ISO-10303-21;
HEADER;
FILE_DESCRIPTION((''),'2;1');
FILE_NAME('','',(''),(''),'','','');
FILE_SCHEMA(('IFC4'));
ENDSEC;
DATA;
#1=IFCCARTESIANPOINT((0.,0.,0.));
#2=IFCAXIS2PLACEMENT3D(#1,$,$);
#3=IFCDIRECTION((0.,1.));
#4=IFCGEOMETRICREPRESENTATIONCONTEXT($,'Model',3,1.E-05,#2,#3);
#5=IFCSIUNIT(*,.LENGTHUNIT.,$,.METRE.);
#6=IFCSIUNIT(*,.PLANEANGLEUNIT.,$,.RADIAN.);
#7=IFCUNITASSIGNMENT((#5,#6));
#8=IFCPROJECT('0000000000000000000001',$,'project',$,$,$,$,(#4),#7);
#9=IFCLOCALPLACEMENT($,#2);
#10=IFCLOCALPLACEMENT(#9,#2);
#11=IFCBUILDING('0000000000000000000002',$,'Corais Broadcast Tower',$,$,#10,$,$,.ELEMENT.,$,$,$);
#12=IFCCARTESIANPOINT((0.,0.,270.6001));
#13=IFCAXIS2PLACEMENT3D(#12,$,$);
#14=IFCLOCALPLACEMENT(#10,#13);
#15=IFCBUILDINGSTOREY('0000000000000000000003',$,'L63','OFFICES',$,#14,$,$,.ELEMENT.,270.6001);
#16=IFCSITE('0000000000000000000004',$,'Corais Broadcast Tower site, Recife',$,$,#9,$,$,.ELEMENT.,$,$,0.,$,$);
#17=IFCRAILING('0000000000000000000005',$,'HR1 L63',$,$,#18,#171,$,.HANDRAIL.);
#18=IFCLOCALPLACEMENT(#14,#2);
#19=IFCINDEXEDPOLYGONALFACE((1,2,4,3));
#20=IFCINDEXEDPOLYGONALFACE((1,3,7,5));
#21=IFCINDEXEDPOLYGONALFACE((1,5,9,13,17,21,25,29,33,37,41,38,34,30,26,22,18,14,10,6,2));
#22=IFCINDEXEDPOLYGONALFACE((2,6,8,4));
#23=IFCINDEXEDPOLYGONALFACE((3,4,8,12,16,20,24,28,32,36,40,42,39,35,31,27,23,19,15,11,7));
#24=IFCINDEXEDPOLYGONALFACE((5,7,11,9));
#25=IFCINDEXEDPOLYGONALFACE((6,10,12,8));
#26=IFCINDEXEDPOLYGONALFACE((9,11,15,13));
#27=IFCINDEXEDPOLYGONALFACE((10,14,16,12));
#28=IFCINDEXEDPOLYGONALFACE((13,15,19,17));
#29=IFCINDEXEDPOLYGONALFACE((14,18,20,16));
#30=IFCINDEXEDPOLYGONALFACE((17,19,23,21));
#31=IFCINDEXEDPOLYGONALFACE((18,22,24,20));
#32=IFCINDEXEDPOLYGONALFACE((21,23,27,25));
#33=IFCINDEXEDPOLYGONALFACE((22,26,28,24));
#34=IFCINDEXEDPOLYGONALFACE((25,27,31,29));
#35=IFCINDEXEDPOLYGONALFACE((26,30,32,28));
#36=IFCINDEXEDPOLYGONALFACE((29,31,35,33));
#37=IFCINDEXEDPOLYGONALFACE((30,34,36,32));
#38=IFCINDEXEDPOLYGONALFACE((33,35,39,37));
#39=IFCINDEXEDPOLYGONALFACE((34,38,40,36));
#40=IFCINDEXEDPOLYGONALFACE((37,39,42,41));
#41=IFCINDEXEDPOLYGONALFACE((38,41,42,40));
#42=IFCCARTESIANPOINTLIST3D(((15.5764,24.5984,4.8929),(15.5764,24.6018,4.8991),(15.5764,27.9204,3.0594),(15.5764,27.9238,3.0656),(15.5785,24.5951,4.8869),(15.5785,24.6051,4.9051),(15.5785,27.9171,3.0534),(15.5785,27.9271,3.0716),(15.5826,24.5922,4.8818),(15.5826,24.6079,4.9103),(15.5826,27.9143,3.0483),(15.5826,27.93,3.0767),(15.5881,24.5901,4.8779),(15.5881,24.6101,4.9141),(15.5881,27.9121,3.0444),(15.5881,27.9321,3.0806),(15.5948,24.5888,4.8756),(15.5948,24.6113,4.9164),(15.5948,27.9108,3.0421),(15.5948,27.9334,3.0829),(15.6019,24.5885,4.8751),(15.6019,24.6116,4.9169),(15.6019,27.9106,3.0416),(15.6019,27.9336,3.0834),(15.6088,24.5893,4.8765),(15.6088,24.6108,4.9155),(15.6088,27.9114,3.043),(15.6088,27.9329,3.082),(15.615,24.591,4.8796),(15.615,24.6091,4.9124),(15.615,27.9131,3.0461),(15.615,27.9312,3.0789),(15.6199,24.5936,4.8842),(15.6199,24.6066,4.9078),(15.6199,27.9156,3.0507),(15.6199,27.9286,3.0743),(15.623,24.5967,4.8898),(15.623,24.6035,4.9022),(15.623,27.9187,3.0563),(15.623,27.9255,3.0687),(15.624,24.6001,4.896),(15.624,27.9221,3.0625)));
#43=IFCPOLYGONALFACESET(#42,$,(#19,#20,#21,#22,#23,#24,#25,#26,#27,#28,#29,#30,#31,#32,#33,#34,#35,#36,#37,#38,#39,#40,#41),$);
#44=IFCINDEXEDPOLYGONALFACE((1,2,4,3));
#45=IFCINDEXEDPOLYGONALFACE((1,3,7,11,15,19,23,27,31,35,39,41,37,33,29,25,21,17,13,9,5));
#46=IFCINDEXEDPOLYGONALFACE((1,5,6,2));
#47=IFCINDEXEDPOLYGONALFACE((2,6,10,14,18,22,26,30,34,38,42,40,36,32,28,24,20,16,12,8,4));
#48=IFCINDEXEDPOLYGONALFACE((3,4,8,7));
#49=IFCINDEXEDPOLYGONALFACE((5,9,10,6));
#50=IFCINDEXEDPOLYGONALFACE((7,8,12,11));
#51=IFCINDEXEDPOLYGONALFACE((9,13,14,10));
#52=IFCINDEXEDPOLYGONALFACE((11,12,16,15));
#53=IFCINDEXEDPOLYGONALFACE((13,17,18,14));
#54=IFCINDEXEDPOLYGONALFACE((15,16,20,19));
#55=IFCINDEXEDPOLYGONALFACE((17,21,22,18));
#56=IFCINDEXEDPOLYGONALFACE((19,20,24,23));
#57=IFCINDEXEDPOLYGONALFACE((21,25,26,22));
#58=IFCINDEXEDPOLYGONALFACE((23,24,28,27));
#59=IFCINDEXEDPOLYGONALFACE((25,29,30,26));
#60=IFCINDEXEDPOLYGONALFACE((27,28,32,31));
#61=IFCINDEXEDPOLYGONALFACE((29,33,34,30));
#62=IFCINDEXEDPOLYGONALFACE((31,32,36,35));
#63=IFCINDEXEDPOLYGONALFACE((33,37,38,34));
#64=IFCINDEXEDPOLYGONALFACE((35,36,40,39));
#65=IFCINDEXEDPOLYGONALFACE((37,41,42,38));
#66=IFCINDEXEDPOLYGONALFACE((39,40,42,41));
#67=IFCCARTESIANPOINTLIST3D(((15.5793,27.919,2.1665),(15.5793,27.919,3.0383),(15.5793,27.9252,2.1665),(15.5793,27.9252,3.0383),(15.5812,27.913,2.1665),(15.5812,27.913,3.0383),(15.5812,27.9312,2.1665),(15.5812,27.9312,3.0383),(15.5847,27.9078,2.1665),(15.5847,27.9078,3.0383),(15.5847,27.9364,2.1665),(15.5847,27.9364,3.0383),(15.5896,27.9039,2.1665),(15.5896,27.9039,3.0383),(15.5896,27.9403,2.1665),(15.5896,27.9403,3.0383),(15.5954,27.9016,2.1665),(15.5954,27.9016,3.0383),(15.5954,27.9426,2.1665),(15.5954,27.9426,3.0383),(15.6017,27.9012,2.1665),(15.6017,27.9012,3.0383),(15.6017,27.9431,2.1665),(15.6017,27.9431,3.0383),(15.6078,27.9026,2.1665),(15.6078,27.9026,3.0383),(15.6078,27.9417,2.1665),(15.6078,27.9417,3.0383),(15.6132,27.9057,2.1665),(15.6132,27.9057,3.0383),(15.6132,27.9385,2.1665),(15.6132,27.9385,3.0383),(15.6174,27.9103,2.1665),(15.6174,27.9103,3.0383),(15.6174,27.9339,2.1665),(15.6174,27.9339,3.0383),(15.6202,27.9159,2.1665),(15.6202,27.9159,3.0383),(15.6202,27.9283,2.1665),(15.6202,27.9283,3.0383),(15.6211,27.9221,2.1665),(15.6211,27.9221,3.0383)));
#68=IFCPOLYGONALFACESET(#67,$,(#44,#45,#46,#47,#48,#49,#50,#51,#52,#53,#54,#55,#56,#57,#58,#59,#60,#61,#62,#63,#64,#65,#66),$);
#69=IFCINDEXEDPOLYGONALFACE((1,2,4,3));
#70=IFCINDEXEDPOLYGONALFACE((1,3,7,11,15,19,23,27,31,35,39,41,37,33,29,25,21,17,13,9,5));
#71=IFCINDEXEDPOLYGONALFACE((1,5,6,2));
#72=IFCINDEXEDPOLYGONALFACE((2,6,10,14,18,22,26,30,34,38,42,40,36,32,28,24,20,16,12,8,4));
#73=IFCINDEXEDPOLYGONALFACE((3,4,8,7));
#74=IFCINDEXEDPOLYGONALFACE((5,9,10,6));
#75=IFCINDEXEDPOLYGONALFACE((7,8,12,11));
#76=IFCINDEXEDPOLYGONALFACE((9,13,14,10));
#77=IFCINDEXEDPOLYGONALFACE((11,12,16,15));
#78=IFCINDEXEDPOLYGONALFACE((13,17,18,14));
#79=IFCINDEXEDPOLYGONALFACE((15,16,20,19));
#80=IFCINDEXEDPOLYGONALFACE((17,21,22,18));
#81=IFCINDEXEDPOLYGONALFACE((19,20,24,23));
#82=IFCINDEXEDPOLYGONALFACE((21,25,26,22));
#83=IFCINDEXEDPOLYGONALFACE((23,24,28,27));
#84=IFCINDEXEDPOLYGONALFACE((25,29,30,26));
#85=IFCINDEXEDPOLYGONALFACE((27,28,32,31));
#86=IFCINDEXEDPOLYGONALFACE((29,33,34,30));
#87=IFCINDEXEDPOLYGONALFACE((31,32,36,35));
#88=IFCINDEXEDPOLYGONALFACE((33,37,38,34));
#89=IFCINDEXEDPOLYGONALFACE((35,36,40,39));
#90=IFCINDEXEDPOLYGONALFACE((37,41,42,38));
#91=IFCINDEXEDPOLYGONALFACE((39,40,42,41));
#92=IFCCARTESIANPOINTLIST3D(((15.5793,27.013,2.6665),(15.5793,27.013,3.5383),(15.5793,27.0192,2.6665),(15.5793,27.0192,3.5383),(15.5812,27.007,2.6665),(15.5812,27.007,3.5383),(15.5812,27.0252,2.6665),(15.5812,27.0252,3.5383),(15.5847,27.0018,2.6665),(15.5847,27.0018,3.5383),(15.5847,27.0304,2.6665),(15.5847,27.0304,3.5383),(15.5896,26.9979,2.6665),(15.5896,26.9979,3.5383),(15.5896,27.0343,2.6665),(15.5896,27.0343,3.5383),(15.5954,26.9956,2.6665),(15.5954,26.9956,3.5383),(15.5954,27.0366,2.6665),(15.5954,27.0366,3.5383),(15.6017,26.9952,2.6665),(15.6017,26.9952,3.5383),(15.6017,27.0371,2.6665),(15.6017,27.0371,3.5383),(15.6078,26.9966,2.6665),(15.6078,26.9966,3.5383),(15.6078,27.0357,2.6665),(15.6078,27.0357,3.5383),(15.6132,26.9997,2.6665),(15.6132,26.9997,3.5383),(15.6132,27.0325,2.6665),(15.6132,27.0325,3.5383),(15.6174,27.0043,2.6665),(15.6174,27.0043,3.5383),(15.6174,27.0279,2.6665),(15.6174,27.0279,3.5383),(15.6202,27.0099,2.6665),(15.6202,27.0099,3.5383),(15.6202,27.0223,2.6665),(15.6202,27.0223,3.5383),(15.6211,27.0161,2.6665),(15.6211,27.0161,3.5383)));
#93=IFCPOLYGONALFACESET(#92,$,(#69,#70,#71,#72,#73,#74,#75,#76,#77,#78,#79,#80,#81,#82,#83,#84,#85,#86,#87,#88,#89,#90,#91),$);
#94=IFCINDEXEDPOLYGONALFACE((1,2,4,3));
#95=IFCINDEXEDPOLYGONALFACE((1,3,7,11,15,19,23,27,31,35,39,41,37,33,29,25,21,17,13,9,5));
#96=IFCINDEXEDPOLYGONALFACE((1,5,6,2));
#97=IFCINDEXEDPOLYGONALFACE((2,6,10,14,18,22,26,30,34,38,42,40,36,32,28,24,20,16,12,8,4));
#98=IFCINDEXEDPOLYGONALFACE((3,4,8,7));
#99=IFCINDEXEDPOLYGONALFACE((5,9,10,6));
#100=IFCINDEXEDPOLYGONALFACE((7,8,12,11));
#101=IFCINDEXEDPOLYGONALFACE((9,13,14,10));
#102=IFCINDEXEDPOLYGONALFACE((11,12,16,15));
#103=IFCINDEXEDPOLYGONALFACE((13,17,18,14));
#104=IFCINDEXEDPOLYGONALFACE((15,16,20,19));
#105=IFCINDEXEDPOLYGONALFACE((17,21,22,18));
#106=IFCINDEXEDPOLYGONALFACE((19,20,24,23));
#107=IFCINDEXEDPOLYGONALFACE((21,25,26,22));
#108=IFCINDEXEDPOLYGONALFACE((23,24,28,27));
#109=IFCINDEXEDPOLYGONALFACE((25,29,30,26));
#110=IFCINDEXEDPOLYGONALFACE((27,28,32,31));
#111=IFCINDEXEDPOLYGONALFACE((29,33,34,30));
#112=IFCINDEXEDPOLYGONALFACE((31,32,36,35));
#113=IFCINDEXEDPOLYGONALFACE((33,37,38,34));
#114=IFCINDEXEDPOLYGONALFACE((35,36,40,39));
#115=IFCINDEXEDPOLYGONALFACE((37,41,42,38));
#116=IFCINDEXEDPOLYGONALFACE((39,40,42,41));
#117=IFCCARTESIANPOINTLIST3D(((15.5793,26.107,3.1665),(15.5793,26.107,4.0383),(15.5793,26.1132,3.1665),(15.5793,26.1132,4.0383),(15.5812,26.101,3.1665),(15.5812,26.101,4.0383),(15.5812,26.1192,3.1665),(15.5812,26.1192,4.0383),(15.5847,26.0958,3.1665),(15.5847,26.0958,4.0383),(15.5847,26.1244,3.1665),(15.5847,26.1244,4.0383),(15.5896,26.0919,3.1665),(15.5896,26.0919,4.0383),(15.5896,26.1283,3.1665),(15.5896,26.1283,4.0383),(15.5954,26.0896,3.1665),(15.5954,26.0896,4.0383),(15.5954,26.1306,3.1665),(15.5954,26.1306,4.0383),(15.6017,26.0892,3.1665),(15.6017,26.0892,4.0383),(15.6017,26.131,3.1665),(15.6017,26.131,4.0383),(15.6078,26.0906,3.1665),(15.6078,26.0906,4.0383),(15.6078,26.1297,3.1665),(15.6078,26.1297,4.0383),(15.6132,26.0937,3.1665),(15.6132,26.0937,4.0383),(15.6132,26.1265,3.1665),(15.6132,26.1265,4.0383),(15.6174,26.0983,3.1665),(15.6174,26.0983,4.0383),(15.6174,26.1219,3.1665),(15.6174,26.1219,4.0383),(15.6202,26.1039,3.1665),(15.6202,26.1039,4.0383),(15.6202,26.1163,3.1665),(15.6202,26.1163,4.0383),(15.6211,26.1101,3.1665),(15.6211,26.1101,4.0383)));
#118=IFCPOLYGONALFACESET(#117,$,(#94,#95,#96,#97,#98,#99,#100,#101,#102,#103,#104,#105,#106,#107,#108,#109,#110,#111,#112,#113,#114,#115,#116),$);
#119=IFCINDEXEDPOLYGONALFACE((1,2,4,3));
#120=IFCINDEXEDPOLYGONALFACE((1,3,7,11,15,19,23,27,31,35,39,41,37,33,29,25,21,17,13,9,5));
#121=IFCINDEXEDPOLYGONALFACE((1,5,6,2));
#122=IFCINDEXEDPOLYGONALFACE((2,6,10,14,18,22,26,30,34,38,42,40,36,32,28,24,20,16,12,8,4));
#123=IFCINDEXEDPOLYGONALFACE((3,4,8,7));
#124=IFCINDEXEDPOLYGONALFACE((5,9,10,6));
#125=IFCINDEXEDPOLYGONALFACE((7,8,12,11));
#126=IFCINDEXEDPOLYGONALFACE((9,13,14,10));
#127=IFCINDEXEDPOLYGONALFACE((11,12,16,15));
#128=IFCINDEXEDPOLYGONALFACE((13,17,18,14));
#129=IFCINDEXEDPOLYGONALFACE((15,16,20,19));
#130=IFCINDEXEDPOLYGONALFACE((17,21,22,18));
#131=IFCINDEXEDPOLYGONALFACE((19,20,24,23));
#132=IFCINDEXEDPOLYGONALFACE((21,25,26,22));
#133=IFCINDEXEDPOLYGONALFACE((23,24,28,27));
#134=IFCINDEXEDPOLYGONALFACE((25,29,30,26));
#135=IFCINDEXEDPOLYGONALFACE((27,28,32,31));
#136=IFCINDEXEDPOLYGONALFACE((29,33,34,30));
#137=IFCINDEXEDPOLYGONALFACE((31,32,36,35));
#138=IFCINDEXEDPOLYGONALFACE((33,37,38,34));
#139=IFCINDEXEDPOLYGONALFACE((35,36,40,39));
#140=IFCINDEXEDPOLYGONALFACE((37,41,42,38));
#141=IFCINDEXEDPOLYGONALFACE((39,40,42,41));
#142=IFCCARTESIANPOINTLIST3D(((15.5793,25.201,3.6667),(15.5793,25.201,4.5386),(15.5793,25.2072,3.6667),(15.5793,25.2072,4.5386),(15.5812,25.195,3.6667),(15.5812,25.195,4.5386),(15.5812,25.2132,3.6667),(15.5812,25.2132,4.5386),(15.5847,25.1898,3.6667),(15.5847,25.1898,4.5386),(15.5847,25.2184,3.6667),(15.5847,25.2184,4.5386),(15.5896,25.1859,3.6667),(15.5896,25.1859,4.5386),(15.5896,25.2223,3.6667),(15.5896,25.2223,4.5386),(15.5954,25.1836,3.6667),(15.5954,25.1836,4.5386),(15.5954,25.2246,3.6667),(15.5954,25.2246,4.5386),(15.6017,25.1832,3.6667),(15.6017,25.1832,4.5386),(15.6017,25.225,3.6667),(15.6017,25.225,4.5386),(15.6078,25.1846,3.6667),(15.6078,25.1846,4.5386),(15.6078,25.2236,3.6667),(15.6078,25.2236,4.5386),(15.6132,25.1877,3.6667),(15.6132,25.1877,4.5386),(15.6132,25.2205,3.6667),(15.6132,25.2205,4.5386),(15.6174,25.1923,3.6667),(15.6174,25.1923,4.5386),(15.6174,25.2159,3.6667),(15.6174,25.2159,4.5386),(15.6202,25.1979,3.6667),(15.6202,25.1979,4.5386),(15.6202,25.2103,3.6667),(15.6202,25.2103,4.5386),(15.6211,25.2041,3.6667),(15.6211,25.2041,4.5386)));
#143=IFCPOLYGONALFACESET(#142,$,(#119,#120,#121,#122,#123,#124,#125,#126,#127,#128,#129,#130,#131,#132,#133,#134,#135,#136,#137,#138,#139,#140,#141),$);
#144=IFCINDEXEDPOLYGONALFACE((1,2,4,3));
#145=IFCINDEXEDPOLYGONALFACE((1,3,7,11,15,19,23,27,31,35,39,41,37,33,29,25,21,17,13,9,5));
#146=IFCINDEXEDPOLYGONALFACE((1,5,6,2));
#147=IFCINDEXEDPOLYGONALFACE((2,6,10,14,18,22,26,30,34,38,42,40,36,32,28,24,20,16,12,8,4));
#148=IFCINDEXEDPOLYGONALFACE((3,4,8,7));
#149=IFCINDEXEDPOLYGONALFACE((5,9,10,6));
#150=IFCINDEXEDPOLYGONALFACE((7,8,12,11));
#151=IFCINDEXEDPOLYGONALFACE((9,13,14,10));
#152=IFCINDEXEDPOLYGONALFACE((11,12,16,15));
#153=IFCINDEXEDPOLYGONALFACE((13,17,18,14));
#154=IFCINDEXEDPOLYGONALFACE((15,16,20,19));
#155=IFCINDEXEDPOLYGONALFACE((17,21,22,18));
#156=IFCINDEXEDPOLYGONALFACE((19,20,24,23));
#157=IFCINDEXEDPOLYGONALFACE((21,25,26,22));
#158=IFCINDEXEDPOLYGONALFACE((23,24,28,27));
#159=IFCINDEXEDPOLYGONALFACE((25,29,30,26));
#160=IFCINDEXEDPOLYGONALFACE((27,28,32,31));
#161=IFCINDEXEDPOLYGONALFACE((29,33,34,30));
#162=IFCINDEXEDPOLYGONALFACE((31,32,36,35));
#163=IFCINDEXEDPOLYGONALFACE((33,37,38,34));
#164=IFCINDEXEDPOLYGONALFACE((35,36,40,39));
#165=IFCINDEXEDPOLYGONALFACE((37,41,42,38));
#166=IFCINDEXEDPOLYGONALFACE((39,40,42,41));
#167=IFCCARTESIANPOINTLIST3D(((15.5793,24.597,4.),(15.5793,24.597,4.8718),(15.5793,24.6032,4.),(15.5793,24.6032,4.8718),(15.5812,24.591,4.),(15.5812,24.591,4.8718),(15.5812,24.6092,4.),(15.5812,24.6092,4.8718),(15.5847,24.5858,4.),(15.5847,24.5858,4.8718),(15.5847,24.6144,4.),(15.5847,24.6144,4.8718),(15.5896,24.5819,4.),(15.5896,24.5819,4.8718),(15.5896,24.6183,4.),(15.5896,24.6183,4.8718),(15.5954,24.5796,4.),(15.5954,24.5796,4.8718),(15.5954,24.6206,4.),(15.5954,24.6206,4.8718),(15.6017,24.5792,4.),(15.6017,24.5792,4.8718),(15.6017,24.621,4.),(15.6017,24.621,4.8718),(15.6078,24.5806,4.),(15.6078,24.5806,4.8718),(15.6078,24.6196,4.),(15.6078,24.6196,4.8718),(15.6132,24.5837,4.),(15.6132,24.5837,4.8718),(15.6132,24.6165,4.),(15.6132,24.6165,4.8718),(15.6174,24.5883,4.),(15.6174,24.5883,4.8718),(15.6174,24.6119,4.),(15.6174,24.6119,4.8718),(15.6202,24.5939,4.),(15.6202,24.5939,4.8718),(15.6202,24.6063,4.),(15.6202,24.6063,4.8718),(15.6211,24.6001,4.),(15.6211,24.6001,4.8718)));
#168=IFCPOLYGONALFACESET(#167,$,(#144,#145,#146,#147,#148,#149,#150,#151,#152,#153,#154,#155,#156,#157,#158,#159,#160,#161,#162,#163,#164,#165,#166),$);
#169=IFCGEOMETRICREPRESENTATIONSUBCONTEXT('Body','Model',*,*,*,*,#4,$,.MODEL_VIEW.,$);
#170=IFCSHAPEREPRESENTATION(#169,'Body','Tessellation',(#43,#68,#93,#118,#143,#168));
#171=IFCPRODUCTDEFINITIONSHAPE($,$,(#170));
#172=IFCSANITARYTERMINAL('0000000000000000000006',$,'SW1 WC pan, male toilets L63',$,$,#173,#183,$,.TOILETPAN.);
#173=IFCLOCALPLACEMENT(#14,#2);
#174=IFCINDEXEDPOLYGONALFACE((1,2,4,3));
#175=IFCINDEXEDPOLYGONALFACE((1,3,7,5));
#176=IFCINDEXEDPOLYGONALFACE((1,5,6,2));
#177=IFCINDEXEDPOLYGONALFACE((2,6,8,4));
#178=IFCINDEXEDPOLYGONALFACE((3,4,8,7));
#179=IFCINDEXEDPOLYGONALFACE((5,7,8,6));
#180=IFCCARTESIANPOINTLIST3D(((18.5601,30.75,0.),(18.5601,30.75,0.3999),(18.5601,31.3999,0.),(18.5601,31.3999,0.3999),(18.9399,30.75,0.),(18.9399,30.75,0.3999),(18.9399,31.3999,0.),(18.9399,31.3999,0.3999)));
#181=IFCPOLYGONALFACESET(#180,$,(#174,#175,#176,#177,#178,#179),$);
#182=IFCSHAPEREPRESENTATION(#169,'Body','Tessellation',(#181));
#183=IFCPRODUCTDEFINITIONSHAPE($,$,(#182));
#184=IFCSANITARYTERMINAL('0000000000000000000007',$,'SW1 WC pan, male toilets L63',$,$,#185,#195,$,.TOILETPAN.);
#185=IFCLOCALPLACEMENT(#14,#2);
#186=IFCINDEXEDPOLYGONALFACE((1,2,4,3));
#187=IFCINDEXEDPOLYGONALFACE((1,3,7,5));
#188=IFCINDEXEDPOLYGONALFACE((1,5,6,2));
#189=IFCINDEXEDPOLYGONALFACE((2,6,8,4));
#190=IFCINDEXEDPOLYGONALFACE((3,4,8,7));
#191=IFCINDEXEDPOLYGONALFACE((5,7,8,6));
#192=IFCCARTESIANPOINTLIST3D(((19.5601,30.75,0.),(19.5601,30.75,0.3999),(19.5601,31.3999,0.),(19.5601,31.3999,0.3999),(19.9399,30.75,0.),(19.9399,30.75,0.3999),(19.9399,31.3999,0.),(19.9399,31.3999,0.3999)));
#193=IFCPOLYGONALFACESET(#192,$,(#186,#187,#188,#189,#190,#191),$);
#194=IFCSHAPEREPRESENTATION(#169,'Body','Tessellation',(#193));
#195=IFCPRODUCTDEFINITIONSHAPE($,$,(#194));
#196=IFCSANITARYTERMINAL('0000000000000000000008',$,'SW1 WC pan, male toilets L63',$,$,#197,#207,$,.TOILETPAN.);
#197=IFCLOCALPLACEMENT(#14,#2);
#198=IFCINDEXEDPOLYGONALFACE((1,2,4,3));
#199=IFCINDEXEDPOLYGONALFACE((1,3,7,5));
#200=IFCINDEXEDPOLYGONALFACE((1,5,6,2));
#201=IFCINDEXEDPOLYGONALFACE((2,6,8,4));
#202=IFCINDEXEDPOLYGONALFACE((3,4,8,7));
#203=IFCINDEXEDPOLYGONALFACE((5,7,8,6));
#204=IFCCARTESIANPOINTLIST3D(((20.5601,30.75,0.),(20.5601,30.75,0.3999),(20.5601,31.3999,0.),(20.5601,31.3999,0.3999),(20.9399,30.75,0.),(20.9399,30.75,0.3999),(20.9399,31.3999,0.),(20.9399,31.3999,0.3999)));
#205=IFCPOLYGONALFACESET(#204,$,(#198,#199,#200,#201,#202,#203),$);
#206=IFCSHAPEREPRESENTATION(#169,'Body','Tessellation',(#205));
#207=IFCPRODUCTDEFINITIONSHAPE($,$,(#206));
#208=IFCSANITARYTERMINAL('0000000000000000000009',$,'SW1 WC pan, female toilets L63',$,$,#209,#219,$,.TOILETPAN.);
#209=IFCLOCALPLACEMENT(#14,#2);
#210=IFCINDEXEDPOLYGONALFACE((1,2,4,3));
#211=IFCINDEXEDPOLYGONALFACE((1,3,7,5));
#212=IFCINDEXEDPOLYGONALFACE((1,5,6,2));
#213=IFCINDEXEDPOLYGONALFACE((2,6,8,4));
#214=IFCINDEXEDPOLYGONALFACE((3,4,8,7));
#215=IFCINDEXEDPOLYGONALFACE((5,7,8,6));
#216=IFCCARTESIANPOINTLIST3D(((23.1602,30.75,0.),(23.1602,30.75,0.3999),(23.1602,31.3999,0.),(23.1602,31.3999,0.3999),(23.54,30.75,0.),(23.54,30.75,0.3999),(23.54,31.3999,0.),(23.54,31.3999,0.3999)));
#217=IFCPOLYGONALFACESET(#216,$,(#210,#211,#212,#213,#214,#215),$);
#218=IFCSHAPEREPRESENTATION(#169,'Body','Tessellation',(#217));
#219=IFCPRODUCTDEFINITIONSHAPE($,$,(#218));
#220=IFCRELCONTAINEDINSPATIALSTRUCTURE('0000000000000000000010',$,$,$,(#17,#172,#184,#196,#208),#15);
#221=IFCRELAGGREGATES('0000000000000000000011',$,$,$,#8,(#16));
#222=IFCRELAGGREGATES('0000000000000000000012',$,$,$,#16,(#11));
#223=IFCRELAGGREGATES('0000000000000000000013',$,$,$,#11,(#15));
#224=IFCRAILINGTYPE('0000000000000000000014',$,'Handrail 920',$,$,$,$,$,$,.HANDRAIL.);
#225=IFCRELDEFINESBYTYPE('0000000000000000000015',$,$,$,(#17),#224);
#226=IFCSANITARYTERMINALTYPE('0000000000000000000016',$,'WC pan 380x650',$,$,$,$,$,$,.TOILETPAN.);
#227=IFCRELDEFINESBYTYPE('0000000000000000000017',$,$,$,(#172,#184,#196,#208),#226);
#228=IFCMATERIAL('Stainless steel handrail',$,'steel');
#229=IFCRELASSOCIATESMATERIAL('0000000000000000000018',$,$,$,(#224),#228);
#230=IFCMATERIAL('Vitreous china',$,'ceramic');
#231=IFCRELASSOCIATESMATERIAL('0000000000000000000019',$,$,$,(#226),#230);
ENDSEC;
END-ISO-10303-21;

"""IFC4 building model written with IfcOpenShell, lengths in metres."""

from ifc_helpers import new_model, si_unit, direction, frame, origin, origin_2d, place, context, subcontext, project, spatial, rectangle, circle, extrude, material, type_object, element, save


model = new_model("IFC4")

# Units and contexts
model_context = context("Model", 3, precision=1e-05, world=origin(), true_north=direction((0.0, 1.0)))
body_context = subcontext(model_context, "Body", "Model", "MODEL_VIEW")
ifc_project = project(units=[si_unit("LENGTHUNIT", "METRE"), si_unit("PLANEANGLEUNIT", "RADIAN")], contexts=[model_context])

# Site, building, storey
site_placement = place(None, origin())
site = spatial("IfcSite", under=ifc_project, at=site_placement, Name="Corais Broadcast Tower site, Recife", CompositionType="ELEMENT", RefElevation=0.0)
building_placement = place(site_placement, origin())
building = spatial("IfcBuilding", under=site, at=building_placement, Name="Corais Broadcast Tower", CompositionType="ELEMENT")
storey_placement = place(building_placement, frame((0.0, 0.0, 270.6001)))
storey = spatial("IfcBuildingStorey", under=building, at=storey_placement, Name="L63", Description="OFFICES", CompositionType="ELEMENT", Elevation=270.6001)

# Railing
ifc_material_1 = material(Name="Stainless steel handrail", Category="steel")
railing_type = type_object("IfcRailingType", Name="Handrail 920", PredefinedType="HANDRAIL", material=ifc_material_1)
railing_placement = place(storey_placement, frame((15.6001, 27.9221, 2.1665)))
element("IfcRailing", 1, at=railing_placement, inside=storey, type_object=railing_type, Name="HR1 L63", PredefinedType="HANDRAIL", context=body_context, shape_type="SweptSolid", body=[
    extrude(circle(Radius=0.0239, at=origin_2d()), frame((0.0, 0.0, 0.896), z_axis=(0.0, -0.875504, 0.48321), x_axis=(1.0, 0.0, 0.0)), (0.0, 0.0, 1.0), 3.7944),
    extrude(circle(Radius=0.021, at=origin_2d()), origin(), (0.0, 0.0, 1.0), 0.8718),
    extrude(circle(Radius=0.021, at=origin_2d()), frame((0.0, -0.906, 0.5)), (0.0, 0.0, 1.0), 0.8718),
    extrude(circle(Radius=0.021, at=origin_2d()), frame((0.0, -1.812, 1.0)), (0.0, 0.0, 1.0), 0.8718),
    extrude(circle(Radius=0.021, at=origin_2d()), frame((0.0, -2.718, 1.5002)), (0.0, 0.0, 1.0), 0.8718),
    extrude(circle(Radius=0.021, at=origin_2d()), frame((0.0, -3.322, 1.8335)), (0.0, 0.0, 1.0), 0.8718),
])

# Sanitary terminals
ifc_material_2 = material(Name="Vitreous china", Category="ceramic")
sanitary_terminal_type_1 = type_object("IfcSanitaryTerminalType", Name="WC pan 380x650", PredefinedType="TOILETPAN", material=ifc_material_2)
for number, where, z_axis, x_axis, name in (
    (2, (18.75, 31.075, 0.0), (0.0, 0.0, 1.0), (1.0, 0.0, 0.0), "SW1 WC pan, male toilets L63"),
    (3, (19.75, 31.075, 0.0), (0.0, 0.0, 1.0), (1.0, 0.0, 0.0), "SW1 WC pan, male toilets L63"),
    (4, (20.75, 31.075, 0.0), (0.0, 0.0, 1.0), (1.0, 0.0, 0.0), "SW1 WC pan, male toilets L63"),
    (5, (23.3501, 31.075, 0.0), (0.0, 0.0, 1.0), (1.0, 0.0, 0.0), "SW1 WC pan, female toilets L63"),
):
    element("IfcSanitaryTerminal", number, at=place(storey_placement, frame(where, z_axis=z_axis, x_axis=x_axis)), inside=storey, type_object=sanitary_terminal_type_1, Name=name, PredefinedType="TOILETPAN", context=body_context, shape_type="SweptSolid", body=[
        extrude(rectangle(XDim=0.3799, YDim=0.6499, at=origin_2d()), origin(), (0.0, 0.0, 1.0), 0.3999),
    ])

save(model, "model.ifc")
